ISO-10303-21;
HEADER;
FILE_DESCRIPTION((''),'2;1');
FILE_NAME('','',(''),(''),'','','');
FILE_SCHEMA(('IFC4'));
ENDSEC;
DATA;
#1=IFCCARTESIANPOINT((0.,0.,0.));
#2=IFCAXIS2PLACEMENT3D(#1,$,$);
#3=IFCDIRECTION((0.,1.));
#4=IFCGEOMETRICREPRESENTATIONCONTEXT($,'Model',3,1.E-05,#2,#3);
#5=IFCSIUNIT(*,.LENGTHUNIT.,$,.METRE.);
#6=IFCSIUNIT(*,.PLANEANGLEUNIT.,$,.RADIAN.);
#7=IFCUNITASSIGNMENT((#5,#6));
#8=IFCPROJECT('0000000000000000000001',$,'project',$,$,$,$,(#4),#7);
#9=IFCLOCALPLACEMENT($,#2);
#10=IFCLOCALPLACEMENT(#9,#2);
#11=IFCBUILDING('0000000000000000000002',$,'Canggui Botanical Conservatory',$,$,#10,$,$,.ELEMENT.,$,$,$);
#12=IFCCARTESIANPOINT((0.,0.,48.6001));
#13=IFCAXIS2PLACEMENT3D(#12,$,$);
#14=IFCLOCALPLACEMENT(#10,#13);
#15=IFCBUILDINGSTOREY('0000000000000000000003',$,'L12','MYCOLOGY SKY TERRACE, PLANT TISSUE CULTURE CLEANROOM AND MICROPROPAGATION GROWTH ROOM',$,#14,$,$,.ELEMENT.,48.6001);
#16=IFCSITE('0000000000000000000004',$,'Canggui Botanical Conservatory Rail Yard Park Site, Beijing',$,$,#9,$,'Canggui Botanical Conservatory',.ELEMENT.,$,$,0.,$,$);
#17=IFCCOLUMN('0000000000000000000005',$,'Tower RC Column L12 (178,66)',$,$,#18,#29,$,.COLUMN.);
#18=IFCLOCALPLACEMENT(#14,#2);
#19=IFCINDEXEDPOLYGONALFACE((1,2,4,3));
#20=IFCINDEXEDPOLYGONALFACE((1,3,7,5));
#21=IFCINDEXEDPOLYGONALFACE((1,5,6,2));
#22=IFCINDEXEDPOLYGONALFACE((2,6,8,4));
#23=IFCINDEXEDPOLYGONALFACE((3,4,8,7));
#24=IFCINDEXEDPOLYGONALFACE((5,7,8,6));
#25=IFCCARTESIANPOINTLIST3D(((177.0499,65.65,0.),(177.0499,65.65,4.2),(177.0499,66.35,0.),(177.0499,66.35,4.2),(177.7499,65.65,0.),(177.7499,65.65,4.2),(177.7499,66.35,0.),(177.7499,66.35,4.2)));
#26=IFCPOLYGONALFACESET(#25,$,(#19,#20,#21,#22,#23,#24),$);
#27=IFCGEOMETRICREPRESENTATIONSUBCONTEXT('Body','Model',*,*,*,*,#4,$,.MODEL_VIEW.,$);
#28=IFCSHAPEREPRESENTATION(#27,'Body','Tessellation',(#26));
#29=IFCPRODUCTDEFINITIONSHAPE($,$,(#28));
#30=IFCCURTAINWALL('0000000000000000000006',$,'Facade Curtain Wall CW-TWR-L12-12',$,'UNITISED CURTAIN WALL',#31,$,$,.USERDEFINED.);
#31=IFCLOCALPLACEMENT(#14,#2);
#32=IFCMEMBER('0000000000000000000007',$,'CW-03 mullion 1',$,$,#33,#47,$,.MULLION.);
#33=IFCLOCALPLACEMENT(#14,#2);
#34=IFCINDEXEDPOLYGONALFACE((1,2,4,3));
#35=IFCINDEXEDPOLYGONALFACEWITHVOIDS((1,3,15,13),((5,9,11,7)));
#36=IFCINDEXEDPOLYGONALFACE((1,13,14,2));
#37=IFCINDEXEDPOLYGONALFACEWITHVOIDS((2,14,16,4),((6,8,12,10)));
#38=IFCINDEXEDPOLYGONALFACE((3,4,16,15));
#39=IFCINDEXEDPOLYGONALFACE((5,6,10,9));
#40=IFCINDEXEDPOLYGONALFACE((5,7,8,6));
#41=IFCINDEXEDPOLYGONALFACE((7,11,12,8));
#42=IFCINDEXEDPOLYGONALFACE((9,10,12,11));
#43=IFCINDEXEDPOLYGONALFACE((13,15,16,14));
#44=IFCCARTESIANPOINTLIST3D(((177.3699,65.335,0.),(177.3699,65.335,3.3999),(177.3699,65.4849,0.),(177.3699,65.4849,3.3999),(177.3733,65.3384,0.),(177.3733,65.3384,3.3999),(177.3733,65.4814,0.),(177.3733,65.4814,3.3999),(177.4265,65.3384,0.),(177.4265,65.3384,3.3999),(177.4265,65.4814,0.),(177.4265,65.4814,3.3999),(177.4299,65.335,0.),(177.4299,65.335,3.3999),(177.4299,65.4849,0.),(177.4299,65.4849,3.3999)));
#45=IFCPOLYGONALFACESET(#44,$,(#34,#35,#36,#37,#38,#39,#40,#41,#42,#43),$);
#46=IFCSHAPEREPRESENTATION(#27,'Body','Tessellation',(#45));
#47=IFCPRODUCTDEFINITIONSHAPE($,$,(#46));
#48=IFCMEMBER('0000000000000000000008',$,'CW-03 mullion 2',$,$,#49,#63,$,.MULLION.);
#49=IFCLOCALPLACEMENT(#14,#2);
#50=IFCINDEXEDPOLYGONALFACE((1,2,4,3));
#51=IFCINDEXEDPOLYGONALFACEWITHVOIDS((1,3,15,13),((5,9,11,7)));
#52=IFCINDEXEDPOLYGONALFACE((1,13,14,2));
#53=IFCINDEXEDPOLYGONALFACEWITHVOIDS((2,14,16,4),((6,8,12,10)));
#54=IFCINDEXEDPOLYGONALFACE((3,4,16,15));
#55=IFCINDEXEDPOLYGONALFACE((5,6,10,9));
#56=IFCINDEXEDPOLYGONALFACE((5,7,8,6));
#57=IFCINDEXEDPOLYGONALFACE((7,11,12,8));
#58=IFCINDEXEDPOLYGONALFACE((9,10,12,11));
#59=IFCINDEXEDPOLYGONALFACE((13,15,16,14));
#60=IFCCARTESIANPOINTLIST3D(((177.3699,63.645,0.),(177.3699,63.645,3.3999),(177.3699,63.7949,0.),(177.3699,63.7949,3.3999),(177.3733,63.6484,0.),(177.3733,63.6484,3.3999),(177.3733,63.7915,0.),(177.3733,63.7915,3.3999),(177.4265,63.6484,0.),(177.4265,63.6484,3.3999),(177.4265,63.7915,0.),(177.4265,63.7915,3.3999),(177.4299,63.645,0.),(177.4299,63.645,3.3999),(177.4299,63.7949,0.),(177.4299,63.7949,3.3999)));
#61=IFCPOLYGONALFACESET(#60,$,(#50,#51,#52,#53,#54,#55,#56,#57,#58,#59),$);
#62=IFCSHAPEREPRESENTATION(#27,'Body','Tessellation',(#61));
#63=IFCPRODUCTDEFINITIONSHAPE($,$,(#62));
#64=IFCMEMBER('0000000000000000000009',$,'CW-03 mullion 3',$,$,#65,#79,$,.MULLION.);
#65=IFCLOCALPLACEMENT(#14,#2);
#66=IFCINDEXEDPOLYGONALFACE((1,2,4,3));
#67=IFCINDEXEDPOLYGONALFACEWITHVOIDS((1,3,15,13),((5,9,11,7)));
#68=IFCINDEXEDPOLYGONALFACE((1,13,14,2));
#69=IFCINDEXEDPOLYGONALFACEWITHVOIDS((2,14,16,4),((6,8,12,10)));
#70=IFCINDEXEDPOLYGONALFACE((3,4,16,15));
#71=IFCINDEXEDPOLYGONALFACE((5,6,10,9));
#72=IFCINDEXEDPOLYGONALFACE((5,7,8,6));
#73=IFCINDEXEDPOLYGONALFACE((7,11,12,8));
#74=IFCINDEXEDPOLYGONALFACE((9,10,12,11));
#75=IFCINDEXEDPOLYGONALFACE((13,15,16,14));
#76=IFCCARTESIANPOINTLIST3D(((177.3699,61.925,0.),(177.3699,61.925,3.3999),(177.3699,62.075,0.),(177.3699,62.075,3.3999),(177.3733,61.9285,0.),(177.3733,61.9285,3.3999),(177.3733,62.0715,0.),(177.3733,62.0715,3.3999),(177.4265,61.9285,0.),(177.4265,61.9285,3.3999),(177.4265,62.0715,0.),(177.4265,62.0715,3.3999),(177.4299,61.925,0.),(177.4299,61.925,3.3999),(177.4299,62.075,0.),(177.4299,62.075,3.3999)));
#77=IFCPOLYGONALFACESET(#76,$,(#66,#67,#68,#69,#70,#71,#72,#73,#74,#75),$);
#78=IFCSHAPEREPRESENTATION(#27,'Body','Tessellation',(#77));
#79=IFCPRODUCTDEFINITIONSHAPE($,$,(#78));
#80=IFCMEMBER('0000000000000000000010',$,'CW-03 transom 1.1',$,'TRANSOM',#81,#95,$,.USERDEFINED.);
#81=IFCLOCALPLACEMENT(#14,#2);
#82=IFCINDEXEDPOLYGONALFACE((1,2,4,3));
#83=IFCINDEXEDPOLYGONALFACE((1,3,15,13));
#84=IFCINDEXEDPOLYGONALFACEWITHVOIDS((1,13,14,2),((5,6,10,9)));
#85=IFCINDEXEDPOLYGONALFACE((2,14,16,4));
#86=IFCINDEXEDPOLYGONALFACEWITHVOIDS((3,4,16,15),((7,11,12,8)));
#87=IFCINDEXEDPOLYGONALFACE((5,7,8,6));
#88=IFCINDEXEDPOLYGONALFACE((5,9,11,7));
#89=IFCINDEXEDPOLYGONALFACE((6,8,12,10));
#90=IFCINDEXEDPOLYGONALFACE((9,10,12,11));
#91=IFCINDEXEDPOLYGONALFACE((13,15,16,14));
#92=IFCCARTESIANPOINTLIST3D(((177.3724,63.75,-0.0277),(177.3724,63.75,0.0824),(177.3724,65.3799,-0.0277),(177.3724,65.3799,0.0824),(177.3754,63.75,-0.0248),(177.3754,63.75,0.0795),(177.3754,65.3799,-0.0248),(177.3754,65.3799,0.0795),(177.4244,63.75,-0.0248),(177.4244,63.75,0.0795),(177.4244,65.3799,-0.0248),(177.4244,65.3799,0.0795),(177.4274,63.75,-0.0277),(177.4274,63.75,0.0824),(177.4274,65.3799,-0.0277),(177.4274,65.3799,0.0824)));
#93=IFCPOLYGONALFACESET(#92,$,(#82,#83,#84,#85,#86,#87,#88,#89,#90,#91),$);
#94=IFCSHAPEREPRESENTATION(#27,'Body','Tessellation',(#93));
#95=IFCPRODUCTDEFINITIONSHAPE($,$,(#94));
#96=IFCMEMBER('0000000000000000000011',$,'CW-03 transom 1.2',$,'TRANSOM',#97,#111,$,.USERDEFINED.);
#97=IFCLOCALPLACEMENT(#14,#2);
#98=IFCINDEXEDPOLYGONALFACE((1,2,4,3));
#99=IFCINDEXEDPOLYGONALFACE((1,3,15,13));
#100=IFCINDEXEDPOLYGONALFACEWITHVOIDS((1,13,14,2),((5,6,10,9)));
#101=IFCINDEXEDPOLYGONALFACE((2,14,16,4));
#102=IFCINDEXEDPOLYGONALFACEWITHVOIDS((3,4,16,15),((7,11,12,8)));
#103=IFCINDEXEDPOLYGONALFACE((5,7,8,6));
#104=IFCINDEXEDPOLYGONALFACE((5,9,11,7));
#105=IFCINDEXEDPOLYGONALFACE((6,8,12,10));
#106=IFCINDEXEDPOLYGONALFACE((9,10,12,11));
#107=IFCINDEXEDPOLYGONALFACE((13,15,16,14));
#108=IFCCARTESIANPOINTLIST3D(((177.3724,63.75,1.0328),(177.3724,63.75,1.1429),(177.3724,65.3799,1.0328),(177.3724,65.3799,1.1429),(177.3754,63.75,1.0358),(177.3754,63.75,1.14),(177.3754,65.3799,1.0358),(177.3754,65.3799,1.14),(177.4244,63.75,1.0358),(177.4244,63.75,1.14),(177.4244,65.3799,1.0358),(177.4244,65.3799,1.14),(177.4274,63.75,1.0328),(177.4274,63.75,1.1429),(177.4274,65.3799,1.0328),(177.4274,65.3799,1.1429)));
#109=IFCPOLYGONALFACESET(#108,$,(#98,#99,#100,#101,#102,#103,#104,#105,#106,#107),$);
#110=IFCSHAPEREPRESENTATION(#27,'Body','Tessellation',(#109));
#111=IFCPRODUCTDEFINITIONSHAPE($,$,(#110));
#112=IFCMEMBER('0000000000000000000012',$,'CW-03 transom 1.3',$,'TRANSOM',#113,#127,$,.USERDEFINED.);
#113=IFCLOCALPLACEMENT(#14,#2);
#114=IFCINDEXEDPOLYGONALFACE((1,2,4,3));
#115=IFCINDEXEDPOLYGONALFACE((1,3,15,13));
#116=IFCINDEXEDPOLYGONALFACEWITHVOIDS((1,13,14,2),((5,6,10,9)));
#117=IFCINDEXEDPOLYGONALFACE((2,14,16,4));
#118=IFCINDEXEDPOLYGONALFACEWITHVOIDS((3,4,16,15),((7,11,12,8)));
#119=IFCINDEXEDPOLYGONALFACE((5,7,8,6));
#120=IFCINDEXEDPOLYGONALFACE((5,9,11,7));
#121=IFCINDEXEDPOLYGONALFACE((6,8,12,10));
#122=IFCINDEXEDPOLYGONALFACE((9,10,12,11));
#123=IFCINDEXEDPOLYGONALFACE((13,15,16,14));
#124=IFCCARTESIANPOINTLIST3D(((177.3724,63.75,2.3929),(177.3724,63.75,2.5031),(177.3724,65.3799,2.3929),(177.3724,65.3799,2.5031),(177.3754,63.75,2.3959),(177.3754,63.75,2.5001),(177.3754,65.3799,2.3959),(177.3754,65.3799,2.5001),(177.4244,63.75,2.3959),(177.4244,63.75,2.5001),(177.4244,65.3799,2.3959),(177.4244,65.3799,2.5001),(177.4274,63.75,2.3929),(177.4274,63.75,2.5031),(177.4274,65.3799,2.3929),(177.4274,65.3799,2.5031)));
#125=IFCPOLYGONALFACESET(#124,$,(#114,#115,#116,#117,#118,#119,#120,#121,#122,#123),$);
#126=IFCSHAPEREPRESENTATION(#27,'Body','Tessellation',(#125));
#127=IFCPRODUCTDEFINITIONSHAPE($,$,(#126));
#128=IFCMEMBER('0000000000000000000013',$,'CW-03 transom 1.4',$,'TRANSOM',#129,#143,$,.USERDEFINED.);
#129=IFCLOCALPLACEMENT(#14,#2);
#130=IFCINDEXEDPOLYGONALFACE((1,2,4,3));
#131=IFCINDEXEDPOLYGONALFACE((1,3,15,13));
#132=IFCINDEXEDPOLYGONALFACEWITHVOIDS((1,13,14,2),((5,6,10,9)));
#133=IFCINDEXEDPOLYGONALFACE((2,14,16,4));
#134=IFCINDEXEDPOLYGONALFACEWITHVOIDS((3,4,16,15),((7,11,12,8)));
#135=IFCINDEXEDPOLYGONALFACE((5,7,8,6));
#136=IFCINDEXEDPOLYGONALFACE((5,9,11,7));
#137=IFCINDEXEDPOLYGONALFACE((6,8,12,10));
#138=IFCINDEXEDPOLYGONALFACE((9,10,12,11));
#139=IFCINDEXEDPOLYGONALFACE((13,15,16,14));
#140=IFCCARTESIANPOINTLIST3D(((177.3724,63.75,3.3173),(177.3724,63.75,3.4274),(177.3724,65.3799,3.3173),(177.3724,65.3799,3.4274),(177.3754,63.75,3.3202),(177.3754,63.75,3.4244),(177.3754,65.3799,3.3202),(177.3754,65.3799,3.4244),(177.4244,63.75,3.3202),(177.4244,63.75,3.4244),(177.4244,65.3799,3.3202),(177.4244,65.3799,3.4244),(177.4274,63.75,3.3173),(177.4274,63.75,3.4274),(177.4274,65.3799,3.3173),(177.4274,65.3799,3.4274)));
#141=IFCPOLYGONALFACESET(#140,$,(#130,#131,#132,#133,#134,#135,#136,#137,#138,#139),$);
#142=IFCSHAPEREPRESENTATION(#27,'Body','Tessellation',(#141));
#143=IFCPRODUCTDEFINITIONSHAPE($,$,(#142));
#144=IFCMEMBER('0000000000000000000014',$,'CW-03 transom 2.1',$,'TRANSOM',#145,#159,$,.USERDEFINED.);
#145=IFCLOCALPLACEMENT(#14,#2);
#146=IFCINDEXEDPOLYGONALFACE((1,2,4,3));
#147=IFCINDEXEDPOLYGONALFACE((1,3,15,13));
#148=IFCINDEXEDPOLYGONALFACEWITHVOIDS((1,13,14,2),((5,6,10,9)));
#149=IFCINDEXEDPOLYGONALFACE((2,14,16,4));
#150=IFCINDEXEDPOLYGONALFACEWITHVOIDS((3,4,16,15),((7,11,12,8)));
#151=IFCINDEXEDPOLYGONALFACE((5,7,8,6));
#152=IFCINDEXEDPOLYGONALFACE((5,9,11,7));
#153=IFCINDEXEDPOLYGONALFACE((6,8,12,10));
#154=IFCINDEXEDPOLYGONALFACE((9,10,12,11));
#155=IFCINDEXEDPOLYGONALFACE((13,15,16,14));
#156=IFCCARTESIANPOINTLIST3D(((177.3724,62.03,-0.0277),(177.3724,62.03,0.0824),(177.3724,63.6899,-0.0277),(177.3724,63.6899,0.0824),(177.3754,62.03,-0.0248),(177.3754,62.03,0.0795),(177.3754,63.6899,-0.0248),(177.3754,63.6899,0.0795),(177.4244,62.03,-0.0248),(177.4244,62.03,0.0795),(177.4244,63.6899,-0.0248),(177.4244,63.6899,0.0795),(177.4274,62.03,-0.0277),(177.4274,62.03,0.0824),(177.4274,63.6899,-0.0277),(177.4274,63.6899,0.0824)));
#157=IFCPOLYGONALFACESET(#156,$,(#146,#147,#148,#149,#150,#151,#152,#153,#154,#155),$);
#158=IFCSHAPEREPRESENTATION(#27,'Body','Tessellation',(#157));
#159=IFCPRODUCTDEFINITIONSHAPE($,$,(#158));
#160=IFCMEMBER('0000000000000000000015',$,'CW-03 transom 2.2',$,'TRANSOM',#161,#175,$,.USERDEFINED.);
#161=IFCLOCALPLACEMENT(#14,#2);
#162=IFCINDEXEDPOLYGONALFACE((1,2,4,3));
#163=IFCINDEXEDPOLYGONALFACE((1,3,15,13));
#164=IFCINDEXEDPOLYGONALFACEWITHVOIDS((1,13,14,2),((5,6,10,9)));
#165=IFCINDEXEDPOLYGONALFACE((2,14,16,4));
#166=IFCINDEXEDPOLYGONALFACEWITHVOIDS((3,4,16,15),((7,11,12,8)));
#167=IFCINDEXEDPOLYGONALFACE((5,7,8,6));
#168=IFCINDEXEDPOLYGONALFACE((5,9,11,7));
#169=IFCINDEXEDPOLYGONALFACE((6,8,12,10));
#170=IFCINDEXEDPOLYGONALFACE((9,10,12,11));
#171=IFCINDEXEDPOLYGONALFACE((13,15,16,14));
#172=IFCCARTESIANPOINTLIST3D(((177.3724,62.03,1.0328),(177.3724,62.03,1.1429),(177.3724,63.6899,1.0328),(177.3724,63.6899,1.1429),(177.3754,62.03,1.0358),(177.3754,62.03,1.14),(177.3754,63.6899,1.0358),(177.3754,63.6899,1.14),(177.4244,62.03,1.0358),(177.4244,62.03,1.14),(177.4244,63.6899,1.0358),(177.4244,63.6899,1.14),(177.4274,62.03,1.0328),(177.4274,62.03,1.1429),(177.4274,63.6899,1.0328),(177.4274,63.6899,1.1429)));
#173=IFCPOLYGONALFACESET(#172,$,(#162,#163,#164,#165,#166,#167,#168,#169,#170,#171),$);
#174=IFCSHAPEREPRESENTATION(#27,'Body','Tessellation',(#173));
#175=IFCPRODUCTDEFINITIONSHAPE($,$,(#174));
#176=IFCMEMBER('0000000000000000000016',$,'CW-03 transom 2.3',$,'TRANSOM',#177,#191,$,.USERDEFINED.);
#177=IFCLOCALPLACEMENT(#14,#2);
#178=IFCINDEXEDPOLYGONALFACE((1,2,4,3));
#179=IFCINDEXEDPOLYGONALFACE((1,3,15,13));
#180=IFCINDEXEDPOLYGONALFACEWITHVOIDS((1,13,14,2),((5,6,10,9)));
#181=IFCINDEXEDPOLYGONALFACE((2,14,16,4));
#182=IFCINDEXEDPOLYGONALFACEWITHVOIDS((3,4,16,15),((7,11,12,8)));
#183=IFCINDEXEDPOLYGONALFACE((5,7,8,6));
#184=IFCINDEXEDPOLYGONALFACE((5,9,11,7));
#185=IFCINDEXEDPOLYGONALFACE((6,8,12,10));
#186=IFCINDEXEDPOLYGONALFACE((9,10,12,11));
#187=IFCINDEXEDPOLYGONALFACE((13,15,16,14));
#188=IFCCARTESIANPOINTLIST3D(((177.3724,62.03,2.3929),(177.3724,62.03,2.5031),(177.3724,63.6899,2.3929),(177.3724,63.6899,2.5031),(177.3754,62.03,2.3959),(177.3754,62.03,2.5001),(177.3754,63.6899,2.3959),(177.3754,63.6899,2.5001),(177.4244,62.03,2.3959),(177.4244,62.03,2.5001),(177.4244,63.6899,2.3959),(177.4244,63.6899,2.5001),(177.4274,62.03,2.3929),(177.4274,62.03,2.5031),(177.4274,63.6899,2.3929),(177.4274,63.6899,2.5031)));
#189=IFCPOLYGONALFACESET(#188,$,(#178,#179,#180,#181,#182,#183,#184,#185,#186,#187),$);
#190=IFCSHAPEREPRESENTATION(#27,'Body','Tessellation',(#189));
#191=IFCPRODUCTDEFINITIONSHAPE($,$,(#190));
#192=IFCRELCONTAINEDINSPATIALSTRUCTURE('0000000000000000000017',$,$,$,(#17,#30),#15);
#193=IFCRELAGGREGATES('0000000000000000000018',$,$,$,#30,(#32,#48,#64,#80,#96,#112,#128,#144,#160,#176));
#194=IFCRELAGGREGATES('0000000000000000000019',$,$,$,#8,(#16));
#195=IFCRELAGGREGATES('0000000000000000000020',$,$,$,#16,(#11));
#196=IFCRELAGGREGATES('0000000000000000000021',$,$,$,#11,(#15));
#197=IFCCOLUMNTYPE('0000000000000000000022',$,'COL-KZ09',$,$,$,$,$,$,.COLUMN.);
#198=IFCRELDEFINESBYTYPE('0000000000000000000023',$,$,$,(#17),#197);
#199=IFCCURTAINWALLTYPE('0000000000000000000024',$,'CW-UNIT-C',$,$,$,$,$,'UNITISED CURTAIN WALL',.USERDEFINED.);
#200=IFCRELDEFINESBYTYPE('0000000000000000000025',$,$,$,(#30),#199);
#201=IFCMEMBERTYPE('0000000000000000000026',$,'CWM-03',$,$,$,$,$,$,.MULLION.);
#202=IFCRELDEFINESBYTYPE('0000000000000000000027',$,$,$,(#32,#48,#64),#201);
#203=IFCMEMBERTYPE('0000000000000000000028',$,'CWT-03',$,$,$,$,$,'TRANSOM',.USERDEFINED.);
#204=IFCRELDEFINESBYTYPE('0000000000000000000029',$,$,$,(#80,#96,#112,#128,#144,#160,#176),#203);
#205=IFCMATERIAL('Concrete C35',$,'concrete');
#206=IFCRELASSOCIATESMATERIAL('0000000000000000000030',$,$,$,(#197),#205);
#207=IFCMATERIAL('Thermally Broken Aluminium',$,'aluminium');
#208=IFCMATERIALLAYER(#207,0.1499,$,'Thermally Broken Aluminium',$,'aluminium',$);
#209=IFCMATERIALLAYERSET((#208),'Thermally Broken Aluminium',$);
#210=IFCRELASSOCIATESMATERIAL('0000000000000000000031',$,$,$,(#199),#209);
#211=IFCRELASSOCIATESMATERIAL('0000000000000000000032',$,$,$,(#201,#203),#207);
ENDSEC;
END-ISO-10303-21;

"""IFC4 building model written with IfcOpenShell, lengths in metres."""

from ifc_helpers import new_model, si_unit, direction, frame, origin, origin_2d, place, context, subcontext, project, spatial, rectangle, hollow_rectangle, extrude, material, layer, layer_set, material_profile, profile_set, type_object, element, aggregate, save


model = new_model("IFC4")

# Units and contexts
model_context = context("Model", 3, precision=1e-05, world=origin(), true_north=direction((0.0, 1.0)))
body_context = subcontext(model_context, "Body", "Model", "MODEL_VIEW")
ifc_project = project(units=[si_unit("LENGTHUNIT", "METRE"), si_unit("PLANEANGLEUNIT", "RADIAN")], contexts=[model_context])

# Site, building, storey
site_placement = place(None, origin())
site = spatial("IfcSite", under=ifc_project, at=site_placement, Name="Canggui Botanical Conservatory Rail Yard Park Site, Beijing", LongName="Canggui Botanical Conservatory", CompositionType="ELEMENT", RefElevation=0.0)
building_placement = place(site_placement, origin())
building = spatial("IfcBuilding", under=site, at=building_placement, Name="Canggui Botanical Conservatory", CompositionType="ELEMENT")
storey_placement = place(building_placement, frame((0.0, 0.0, 48.6001)))
storey = spatial("IfcBuildingStorey", under=building, at=storey_placement, Name="L12", Description="MYCOLOGY SKY TERRACE, PLANT TISSUE CULTURE CLEANROOM AND MICROPROPAGATION GROWTH ROOM", CompositionType="ELEMENT", Elevation=48.6001)

# Column
ifc_material_1 = material(Name="Concrete C35", Category="concrete")
ifc_material_profile_1 = material_profile(ifc_material_1, rectangle(XDim=0.7, YDim=0.7, at=origin_2d()), Name="RC 700x700")
ifc_profile_set_1 = profile_set([ifc_material_profile_1], Name="Concrete C35")
column_type = type_object("IfcColumnType", Name="COL-KZ09", PredefinedType="COLUMN", material=ifc_profile_set_1)
column_placement = place(storey_placement, frame((177.3999, 66.0, 0.0), z_axis=(0.0, 0.0, 1.0), x_axis=(1.0, 0.0, 0.0)))
element("IfcColumn", 1, at=column_placement, inside=storey, type_object=column_type, Name="Tower RC Column L12 (178,66)", PredefinedType="COLUMN", context=body_context, shape_type="SweptSolid", body=[
    extrude(rectangle(XDim=0.7, YDim=0.7, at=origin_2d()), origin(), (0.0, 0.0, 1.0), 4.2),
])

# Curtain wall, members
ifc_material_2 = material(Name="Thermally Broken Aluminium", Category="aluminium")
ifc_layer_1 = layer(ifc_material_2, 0.1499, Name="Thermally Broken Aluminium", Category="aluminium")
ifc_layer_set_1 = layer_set([ifc_layer_1], Name="Thermally Broken Aluminium")
curtain_wall_type = type_object("IfcCurtainWallType", Name="CW-UNIT-C", ElementType="UNITISED CURTAIN WALL", PredefinedType="USERDEFINED", material=ifc_layer_set_1)
curtain_wall_placement = place(storey_placement, origin())
curtain_wall = element("IfcCurtainWall", 2, at=curtain_wall_placement, inside=storey, type_object=curtain_wall_type, Name="Facade Curtain Wall CW-TWR-L12-12", ObjectType="UNITISED CURTAIN WALL", PredefinedType="USERDEFINED")
ifc_material_profile_2 = material_profile(ifc_material_2, hollow_rectangle(XDim=0.0601, YDim=0.1499, WallThickness=0.0034, at=origin_2d()), Name="CWM 60x150x3.5")
ifc_profile_set_2 = profile_set([ifc_material_profile_2], Name="Thermally Broken Aluminium")
member_type_1 = type_object("IfcMemberType", Name="CWM-03", PredefinedType="MULLION", material=ifc_profile_set_2)
member_1_placement = place(storey_placement, frame((177.3999, 65.4099, 0.0), z_axis=(0.0, 0.0, 1.0), x_axis=(1.0, 0.0, 0.0)))
member_1 = element("IfcMember", 3, at=member_1_placement, type_object=member_type_1, Name="CW-03 mullion 1", PredefinedType="MULLION", context=body_context, shape_type="SweptSolid", body=[
    extrude(hollow_rectangle(XDim=0.0601, YDim=0.1499, WallThickness=0.0034, at=origin_2d()), origin(), (0.0, 0.0, 1.0), 3.3999),
])
member_2_placement = place(storey_placement, frame((177.3999, 63.72, 0.0), z_axis=(0.0, 0.0, 1.0), x_axis=(1.0, 0.0, 0.0)))
member_2 = element("IfcMember", 4, at=member_2_placement, type_object=member_type_1, Name="CW-03 mullion 2", PredefinedType="MULLION", context=body_context, shape_type="SweptSolid", body=[
    extrude(hollow_rectangle(XDim=0.0601, YDim=0.1499, WallThickness=0.0034, at=origin_2d()), origin(), (0.0, 0.0, 1.0), 3.3999),
])
member_3_placement = place(storey_placement, frame((177.3999, 62.0, 0.0), z_axis=(0.0, 0.0, 1.0), x_axis=(1.0, 0.0, 0.0)))
member_3 = element("IfcMember", 5, at=member_3_placement, type_object=member_type_1, Name="CW-03 mullion 3", PredefinedType="MULLION", context=body_context, shape_type="SweptSolid", body=[
    extrude(hollow_rectangle(XDim=0.0601, YDim=0.1499, WallThickness=0.0034, at=origin_2d()), origin(), (0.0, 0.0, 1.0), 3.3999),
])
ifc_material_profile_3 = material_profile(ifc_material_2, hollow_rectangle(XDim=0.0549, YDim=0.1101, WallThickness=0.0029, at=origin_2d()), Name="CWT 55x110x3")
ifc_profile_set_3 = profile_set([ifc_material_profile_3], Name="Thermally Broken Aluminium")
member_type_2 = type_object("IfcMemberType", Name="CWT-03", ElementType="TRANSOM", PredefinedType="USERDEFINED", material=ifc_profile_set_3)
member_4_placement = place(storey_placement, frame((177.3999, 65.3799, 0.0273), z_axis=(0.0, -1.0, 0.0), x_axis=(1.0, 0.0, 0.0)))
member_4 = element("IfcMember", 6, at=member_4_placement, type_object=member_type_2, Name="CW-03 transom 1.1", ObjectType="TRANSOM", PredefinedType="USERDEFINED", context=body_context, shape_type="SweptSolid", body=[
    extrude(hollow_rectangle(XDim=0.0549, YDim=0.1101, WallThickness=0.0029, at=origin_2d()), origin(), (0.0, 0.0, 1.0), 1.6299),
])
member_5_placement = place(storey_placement, frame((177.3999, 65.3799, 1.0879), z_axis=(0.0, -1.0, 0.0), x_axis=(1.0, 0.0, 0.0)))
member_5 = element("IfcMember", 7, at=member_5_placement, type_object=member_type_2, Name="CW-03 transom 1.2", ObjectType="TRANSOM", PredefinedType="USERDEFINED", context=body_context, shape_type="SweptSolid", body=[
    extrude(hollow_rectangle(XDim=0.0549, YDim=0.1101, WallThickness=0.0029, at=origin_2d()), origin(), (0.0, 0.0, 1.0), 1.6299),
])
member_6_placement = place(storey_placement, frame((177.3999, 65.3799, 2.448), z_axis=(0.0, -1.0, 0.0), x_axis=(1.0, 0.0, 0.0)))
member_6 = element("IfcMember", 8, at=member_6_placement, type_object=member_type_2, Name="CW-03 transom 1.3", ObjectType="TRANSOM", PredefinedType="USERDEFINED", context=body_context, shape_type="SweptSolid", body=[
    extrude(hollow_rectangle(XDim=0.0549, YDim=0.1101, WallThickness=0.0029, at=origin_2d()), origin(), (0.0, 0.0, 1.0), 1.6299),
])
member_7_placement = place(storey_placement, frame((177.3999, 65.3799, 3.3723), z_axis=(0.0, -1.0, 0.0), x_axis=(1.0, 0.0, 0.0)))
member_7 = element("IfcMember", 9, at=member_7_placement, type_object=member_type_2, Name="CW-03 transom 1.4", ObjectType="TRANSOM", PredefinedType="USERDEFINED", context=body_context, shape_type="SweptSolid", body=[
    extrude(hollow_rectangle(XDim=0.0549, YDim=0.1101, WallThickness=0.0029, at=origin_2d()), origin(), (0.0, 0.0, 1.0), 1.6299),
])
member_8_placement = place(storey_placement, frame((177.3999, 63.6899, 0.0273), z_axis=(0.0, -1.0, 0.0), x_axis=(1.0, 0.0, 0.0)))
member_8 = element("IfcMember", 10, at=member_8_placement, type_object=member_type_2, Name="CW-03 transom 2.1", ObjectType="TRANSOM", PredefinedType="USERDEFINED", context=body_context, shape_type="SweptSolid", body=[
    extrude(hollow_rectangle(XDim=0.0549, YDim=0.1101, WallThickness=0.0029, at=origin_2d()), origin(), (0.0, 0.0, 1.0), 1.6599),
])
member_9_placement = place(storey_placement, frame((177.3999, 63.6899, 1.0879), z_axis=(0.0, -1.0, 0.0), x_axis=(1.0, 0.0, 0.0)))
member_9 = element("IfcMember", 11, at=member_9_placement, type_object=member_type_2, Name="CW-03 transom 2.2", ObjectType="TRANSOM", PredefinedType="USERDEFINED", context=body_context, shape_type="SweptSolid", body=[
    extrude(hollow_rectangle(XDim=0.0549, YDim=0.1101, WallThickness=0.0029, at=origin_2d()), origin(), (0.0, 0.0, 1.0), 1.6599),
])
member_10_placement = place(storey_placement, frame((177.3999, 63.6899, 2.448), z_axis=(0.0, -1.0, 0.0), x_axis=(1.0, 0.0, 0.0)))
member_10 = element("IfcMember", 12, at=member_10_placement, type_object=member_type_2, Name="CW-03 transom 2.3", ObjectType="TRANSOM", PredefinedType="USERDEFINED", context=body_context, shape_type="SweptSolid", body=[
    extrude(hollow_rectangle(XDim=0.0549, YDim=0.1101, WallThickness=0.0029, at=origin_2d()), origin(), (0.0, 0.0, 1.0), 1.6599),
])
aggregate(curtain_wall, [member_1, member_2, member_3, member_4, member_5, member_6, member_7, member_8, member_9, member_10])

save(model, "model.ifc")
